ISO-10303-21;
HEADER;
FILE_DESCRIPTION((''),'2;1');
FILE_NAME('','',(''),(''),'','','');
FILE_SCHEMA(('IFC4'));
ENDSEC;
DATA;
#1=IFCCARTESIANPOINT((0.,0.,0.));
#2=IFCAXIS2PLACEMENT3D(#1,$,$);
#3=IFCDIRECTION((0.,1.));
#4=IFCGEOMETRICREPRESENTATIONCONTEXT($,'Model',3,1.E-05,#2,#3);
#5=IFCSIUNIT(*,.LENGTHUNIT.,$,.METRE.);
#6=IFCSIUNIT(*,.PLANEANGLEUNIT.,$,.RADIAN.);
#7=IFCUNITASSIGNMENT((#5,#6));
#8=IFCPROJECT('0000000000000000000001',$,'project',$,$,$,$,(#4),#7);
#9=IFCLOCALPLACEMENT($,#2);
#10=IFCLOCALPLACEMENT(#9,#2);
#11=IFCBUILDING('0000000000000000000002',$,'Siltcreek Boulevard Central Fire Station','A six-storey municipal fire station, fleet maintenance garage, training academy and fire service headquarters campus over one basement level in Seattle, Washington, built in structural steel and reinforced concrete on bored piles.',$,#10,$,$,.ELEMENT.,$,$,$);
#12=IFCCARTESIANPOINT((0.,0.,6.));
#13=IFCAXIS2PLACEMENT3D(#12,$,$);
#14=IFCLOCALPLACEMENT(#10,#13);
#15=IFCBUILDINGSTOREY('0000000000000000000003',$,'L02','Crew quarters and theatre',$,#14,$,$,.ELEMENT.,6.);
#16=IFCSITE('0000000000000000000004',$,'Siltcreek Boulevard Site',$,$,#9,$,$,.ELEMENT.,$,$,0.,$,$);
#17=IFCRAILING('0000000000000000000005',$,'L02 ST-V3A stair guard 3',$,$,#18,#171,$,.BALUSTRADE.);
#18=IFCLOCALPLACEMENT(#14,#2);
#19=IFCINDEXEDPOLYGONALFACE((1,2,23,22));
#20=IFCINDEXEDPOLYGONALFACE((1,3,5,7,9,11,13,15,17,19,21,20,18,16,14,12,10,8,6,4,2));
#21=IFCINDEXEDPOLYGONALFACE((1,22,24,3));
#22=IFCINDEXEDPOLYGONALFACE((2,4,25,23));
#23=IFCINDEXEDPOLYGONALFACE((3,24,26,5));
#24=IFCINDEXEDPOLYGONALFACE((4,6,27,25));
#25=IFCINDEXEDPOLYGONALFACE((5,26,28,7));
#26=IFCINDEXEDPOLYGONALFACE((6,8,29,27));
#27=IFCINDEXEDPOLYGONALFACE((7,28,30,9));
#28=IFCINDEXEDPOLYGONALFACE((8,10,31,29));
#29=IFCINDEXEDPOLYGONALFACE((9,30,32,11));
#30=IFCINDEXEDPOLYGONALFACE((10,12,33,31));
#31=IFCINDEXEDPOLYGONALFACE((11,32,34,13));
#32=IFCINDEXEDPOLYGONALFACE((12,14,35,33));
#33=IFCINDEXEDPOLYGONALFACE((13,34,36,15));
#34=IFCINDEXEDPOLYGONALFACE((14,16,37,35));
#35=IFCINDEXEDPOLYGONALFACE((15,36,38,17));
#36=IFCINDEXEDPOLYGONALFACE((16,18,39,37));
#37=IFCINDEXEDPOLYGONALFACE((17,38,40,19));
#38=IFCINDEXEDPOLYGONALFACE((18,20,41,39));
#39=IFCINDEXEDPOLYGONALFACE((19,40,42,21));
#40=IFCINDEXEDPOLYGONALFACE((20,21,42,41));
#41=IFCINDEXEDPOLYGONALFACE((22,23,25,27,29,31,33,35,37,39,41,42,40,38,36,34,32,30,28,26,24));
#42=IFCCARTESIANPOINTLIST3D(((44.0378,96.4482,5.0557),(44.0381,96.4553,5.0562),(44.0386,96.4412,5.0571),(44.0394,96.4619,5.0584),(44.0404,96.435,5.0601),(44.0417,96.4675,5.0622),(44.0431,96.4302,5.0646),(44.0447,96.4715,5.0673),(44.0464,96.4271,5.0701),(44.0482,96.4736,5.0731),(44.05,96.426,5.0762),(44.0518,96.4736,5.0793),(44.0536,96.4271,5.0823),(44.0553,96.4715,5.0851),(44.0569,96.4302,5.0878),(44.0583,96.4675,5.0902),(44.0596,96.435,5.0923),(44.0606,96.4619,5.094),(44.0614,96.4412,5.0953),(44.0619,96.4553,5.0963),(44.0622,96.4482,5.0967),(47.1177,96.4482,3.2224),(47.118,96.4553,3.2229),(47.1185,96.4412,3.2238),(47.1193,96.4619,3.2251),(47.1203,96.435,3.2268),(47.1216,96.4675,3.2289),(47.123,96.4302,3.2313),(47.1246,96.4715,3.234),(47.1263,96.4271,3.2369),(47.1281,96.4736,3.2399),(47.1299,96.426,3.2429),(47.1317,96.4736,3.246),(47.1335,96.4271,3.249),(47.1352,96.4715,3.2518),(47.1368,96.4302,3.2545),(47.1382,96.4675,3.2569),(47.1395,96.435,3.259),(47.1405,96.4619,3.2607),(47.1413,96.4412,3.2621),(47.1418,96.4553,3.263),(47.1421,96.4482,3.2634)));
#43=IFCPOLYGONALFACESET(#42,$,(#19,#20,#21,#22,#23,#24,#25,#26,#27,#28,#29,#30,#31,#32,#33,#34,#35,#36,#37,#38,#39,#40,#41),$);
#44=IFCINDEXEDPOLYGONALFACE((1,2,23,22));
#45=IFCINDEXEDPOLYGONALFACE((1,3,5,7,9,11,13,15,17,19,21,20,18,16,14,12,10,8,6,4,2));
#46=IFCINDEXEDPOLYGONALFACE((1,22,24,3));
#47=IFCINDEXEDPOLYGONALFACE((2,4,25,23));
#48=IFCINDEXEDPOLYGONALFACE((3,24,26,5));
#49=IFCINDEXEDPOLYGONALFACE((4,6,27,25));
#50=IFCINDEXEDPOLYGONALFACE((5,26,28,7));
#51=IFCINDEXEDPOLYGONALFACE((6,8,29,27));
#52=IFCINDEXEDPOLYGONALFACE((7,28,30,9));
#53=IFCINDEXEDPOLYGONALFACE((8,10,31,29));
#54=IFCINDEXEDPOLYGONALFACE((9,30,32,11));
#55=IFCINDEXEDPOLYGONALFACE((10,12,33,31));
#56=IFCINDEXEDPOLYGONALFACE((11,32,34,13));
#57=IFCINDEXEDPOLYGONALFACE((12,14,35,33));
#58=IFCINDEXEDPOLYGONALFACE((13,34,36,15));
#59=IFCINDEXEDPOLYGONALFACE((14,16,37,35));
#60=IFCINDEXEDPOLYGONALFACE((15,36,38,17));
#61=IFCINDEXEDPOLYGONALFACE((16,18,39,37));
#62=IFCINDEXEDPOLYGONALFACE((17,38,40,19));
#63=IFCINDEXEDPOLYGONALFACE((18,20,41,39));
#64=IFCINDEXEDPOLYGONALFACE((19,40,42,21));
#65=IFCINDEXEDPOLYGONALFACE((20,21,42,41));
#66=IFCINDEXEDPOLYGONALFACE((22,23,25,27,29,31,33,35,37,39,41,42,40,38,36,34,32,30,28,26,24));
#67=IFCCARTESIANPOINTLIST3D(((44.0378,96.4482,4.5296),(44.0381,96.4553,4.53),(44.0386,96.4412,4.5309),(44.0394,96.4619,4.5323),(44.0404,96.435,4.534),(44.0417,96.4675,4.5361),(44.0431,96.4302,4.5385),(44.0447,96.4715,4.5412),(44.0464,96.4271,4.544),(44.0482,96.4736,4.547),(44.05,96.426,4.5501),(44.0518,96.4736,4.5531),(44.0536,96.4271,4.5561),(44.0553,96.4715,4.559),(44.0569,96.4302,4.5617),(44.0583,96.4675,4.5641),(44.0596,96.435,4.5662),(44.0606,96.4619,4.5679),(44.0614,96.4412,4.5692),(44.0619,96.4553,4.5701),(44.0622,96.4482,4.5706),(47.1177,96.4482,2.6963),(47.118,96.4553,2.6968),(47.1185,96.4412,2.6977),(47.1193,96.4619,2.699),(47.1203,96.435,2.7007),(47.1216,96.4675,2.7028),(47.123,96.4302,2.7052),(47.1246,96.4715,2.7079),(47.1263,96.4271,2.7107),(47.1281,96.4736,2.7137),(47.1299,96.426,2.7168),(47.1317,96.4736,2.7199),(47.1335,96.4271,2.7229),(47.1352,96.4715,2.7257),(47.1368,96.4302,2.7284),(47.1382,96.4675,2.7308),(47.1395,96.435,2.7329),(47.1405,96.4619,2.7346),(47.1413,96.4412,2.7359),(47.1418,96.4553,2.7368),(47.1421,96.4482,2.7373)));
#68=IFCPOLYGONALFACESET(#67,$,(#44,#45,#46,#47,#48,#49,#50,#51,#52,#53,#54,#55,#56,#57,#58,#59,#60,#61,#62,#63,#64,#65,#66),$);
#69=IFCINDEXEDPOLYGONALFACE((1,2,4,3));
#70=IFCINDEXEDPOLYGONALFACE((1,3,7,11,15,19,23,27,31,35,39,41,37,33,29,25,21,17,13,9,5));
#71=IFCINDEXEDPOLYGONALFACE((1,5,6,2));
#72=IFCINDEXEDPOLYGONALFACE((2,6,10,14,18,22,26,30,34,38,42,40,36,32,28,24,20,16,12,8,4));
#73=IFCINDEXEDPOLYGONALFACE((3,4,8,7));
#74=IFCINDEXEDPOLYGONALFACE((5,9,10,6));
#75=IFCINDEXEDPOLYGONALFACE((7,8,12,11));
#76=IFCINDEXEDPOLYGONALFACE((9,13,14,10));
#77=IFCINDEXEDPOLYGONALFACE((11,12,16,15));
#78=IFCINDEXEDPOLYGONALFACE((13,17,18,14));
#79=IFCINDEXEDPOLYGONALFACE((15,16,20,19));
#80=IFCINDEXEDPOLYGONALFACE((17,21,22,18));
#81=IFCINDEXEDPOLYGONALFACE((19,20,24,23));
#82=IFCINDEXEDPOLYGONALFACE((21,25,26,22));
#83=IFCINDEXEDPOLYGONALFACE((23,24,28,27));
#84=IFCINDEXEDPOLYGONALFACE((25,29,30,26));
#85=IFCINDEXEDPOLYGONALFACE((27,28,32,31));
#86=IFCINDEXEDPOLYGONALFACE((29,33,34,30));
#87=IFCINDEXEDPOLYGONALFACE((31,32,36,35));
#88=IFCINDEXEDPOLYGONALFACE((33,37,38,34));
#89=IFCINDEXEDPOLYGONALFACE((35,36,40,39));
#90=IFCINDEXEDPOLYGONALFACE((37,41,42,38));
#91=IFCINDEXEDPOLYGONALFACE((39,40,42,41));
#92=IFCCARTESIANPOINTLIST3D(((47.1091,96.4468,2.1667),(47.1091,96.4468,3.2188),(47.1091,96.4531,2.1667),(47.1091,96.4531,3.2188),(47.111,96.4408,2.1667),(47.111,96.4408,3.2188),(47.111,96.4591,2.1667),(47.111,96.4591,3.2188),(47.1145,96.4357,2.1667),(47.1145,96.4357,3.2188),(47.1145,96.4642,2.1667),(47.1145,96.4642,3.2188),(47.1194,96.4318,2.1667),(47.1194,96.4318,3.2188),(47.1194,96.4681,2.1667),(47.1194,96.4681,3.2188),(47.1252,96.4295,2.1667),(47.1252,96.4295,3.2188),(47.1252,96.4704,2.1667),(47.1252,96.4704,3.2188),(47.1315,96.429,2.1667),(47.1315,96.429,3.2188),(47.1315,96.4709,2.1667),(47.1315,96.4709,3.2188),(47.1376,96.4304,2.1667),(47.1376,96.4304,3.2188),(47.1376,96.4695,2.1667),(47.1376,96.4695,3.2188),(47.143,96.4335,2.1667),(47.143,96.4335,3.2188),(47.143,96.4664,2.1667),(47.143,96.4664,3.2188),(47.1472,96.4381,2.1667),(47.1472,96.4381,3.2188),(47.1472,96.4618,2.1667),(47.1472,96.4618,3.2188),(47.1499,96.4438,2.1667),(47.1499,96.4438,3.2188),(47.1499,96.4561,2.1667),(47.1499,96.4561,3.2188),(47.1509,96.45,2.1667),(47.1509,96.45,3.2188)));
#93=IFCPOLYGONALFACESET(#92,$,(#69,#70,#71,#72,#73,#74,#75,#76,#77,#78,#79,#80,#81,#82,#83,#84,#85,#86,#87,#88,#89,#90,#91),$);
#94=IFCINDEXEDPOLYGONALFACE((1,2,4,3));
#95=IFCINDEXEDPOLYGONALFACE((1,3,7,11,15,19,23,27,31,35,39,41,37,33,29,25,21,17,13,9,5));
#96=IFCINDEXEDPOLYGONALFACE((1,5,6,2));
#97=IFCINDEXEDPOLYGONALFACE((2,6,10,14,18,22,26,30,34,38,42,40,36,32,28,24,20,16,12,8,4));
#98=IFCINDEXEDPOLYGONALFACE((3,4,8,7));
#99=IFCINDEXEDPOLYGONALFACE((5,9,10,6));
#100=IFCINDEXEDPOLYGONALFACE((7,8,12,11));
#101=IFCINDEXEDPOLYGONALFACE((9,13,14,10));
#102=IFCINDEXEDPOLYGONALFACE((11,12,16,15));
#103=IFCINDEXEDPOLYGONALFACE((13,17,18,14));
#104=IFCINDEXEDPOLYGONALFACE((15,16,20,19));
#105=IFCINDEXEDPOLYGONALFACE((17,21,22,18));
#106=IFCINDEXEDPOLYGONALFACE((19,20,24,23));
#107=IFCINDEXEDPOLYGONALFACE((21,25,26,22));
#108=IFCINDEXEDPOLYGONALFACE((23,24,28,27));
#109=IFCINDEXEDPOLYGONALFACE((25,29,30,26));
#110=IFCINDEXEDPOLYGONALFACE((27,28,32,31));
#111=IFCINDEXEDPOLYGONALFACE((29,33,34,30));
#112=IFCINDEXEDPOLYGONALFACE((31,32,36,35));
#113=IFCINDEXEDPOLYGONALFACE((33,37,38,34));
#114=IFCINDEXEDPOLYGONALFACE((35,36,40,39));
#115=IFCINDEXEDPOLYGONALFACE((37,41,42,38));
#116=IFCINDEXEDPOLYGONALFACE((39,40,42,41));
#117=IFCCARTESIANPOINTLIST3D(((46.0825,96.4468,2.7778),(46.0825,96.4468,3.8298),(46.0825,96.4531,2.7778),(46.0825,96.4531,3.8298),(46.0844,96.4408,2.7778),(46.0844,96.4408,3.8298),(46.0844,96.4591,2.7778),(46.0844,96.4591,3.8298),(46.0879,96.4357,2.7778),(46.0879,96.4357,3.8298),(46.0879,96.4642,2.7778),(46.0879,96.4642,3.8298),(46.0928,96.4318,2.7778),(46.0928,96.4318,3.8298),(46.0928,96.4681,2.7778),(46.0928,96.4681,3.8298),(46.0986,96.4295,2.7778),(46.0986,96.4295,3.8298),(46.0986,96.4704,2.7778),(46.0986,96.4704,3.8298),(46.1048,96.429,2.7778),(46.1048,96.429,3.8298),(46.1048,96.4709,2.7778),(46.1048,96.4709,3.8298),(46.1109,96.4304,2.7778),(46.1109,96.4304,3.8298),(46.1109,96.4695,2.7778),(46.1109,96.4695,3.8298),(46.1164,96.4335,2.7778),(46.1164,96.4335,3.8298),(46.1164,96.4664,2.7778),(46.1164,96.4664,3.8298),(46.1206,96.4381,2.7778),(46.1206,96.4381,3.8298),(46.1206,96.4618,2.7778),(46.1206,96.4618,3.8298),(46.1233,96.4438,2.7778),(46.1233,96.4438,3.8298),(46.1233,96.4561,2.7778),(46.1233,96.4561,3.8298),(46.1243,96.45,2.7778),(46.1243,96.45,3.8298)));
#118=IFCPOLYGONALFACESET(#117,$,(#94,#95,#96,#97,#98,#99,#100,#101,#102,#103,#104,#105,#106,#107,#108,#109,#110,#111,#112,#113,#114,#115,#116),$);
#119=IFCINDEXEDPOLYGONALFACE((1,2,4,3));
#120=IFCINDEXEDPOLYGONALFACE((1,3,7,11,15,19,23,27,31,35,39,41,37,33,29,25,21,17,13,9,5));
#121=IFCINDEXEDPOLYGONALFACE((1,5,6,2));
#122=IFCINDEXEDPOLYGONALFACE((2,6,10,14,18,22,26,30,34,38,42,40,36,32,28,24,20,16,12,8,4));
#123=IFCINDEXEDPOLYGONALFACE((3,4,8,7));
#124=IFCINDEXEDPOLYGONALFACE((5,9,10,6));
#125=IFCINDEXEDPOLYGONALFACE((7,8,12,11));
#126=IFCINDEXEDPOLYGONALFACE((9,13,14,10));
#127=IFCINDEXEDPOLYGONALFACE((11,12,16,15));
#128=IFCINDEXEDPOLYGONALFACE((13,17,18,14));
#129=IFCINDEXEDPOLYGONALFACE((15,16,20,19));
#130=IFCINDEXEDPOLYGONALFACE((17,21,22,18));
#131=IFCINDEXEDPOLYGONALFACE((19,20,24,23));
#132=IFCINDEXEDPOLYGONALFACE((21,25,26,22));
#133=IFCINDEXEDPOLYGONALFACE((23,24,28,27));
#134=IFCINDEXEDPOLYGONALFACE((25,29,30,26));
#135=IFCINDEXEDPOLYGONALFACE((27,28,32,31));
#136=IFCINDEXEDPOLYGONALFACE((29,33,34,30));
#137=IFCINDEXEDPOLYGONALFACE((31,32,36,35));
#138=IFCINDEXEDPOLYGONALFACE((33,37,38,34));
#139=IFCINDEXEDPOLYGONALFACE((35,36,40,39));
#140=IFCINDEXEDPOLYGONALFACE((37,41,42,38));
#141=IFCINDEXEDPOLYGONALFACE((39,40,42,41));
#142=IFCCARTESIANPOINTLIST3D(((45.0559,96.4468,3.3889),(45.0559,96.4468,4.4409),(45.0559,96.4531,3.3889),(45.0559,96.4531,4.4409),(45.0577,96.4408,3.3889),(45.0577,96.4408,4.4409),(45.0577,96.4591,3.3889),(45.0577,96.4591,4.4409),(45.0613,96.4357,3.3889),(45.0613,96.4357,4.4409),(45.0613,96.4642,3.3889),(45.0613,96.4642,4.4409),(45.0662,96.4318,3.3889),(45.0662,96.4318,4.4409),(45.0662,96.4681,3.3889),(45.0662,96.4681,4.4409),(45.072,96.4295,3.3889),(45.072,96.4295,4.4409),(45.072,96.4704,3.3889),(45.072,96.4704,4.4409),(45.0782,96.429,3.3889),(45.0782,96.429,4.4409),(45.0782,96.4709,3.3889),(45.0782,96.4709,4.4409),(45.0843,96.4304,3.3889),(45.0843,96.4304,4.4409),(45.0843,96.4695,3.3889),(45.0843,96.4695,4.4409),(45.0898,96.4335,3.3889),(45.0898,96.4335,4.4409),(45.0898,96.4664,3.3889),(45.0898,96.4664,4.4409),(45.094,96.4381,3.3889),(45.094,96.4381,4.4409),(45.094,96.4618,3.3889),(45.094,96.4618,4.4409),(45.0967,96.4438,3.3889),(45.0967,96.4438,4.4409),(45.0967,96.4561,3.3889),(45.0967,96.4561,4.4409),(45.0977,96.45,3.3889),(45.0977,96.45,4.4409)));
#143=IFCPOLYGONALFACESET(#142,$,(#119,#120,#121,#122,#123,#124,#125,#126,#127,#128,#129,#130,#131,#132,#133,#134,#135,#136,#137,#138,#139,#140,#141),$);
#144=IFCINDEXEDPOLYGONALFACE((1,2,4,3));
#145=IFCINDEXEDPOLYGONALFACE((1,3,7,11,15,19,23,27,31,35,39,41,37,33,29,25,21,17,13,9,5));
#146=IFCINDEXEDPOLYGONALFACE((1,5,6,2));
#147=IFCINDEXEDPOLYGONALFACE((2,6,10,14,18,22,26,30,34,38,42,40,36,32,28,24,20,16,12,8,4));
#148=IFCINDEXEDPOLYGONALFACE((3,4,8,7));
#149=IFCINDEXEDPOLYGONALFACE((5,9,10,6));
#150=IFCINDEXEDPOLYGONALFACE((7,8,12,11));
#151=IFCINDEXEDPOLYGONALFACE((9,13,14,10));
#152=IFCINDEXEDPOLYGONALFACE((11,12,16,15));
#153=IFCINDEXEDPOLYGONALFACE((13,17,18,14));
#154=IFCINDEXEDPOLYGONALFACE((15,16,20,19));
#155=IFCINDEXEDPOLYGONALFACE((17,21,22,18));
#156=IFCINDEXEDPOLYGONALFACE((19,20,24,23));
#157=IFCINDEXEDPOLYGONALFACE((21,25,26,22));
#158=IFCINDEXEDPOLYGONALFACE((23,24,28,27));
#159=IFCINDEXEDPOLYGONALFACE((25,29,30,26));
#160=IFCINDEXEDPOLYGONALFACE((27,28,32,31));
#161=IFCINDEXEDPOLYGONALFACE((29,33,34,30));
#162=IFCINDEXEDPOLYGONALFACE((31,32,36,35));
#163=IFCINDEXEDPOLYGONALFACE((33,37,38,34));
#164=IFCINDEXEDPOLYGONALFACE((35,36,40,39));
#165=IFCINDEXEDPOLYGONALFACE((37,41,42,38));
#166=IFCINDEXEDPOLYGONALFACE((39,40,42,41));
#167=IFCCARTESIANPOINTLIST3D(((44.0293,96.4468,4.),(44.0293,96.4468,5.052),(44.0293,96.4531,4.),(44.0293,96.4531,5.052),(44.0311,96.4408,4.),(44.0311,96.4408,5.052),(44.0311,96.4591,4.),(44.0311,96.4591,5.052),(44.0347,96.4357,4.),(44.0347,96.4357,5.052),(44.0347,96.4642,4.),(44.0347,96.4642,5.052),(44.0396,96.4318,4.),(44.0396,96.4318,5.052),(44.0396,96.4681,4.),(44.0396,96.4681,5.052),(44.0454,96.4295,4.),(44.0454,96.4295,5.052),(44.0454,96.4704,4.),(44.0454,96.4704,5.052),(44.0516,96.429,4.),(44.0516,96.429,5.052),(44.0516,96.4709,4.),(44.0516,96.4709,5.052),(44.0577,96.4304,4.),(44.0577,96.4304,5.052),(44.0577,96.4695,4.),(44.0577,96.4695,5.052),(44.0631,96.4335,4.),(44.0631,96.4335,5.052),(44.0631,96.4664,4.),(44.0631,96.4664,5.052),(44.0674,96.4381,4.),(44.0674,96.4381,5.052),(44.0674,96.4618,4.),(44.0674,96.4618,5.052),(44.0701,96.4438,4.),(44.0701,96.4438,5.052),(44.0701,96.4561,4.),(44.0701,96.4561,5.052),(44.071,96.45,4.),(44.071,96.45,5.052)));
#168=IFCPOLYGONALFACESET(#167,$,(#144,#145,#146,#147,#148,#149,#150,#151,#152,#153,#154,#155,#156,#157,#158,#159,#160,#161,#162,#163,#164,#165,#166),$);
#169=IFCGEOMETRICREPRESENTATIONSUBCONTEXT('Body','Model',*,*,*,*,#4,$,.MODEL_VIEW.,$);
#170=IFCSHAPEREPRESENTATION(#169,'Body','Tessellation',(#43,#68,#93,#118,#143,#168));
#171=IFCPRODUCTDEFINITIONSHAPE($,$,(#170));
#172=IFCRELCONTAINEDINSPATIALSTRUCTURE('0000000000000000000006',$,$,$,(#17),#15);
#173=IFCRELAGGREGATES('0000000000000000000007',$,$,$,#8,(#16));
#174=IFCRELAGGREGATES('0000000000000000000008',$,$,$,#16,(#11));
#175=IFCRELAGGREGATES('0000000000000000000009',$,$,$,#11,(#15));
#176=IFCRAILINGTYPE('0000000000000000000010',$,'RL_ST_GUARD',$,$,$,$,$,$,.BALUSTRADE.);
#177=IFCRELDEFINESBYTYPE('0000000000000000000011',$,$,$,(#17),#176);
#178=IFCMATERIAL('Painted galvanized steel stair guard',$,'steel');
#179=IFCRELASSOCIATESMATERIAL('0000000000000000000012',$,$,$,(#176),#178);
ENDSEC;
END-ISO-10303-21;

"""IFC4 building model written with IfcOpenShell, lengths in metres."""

from ifc_helpers import new_model, si_unit, direction, frame, origin, origin_2d, place, context, subcontext, project, spatial, circle, extrude, material, type_object, element, save


model = new_model("IFC4")

# Units and contexts
model_context = context("Model", 3, precision=1e-05, world=origin(), true_north=direction((0.0, 1.0)))
body_context = subcontext(model_context, "Body", "Model", "MODEL_VIEW")
ifc_project = project(units=[si_unit("LENGTHUNIT", "METRE"), si_unit("PLANEANGLEUNIT", "RADIAN")], contexts=[model_context])

# Site, building, storey
site_placement = place(None, origin())
site = spatial("IfcSite", under=ifc_project, at=site_placement, Name="Siltcreek Boulevard Site", CompositionType="ELEMENT", RefElevation=0.0)
building_placement = place(site_placement, origin())
building = spatial("IfcBuilding", under=site, at=building_placement, Name="Siltcreek Boulevard Central Fire Station", Description="A six-storey municipal fire station, fleet maintenance garage, training academy and fire service headquarters campus over one basement level in Seattle, Washington, built in structural steel and reinforced concrete on bored piles.", CompositionType="ELEMENT")
storey_placement = place(building_placement, frame((0.0, 0.0, 6.0)))
storey = spatial("IfcBuildingStorey", under=building, at=storey_placement, Name="L02", Description="Crew quarters and theatre", CompositionType="ELEMENT", Elevation=6.0)

# Railing
ifc_material_1 = material(Name="Painted galvanized steel stair guard", Category="steel")
railing_type_1 = type_object("IfcRailingType", Name="RL_ST_GUARD", PredefinedType="BALUSTRADE", material=ifc_material_1)
railing_1_placement = place(storey_placement, frame((47.1299, 96.45, 2.1667)))
element("IfcRailing", 1, at=railing_1_placement, inside=storey, type_object=railing_type_1, Name="L02 ST-V3A stair guard 3", PredefinedType="BALUSTRADE", context=body_context, shape_type="SweptSolid", body=[
    extrude(circle(Radius=0.0239, at=origin_2d()), frame((0.0, 0.0, 1.0762), z_axis=(-0.859291, 0.0, 0.511487), x_axis=(0.0, -1.0, 0.0)), (0.0, 0.0, 1.0), 3.5842),
    extrude(circle(Radius=0.0239, at=origin_2d()), frame((0.0, 0.0, 0.55), z_axis=(-0.859291, 0.0, 0.511487), x_axis=(0.0, -1.0, 0.0)), (0.0, 0.0, 1.0), 3.5842),
    extrude(circle(Radius=0.021, at=origin_2d()), origin(), (0.0, 0.0, 1.0), 1.052),
    extrude(circle(Radius=0.021, at=origin_2d()), frame((-1.0266, 0.0, 0.6111)), (0.0, 0.0, 1.0), 1.052),
    extrude(circle(Radius=0.021, at=origin_2d()), frame((-2.0532, 0.0, 1.2222)), (0.0, 0.0, 1.0), 1.052),
    extrude(circle(Radius=0.021, at=origin_2d()), frame((-3.0798, 0.0, 1.8333)), (0.0, 0.0, 1.0), 1.052),
])

save(model, "model.ifc")
